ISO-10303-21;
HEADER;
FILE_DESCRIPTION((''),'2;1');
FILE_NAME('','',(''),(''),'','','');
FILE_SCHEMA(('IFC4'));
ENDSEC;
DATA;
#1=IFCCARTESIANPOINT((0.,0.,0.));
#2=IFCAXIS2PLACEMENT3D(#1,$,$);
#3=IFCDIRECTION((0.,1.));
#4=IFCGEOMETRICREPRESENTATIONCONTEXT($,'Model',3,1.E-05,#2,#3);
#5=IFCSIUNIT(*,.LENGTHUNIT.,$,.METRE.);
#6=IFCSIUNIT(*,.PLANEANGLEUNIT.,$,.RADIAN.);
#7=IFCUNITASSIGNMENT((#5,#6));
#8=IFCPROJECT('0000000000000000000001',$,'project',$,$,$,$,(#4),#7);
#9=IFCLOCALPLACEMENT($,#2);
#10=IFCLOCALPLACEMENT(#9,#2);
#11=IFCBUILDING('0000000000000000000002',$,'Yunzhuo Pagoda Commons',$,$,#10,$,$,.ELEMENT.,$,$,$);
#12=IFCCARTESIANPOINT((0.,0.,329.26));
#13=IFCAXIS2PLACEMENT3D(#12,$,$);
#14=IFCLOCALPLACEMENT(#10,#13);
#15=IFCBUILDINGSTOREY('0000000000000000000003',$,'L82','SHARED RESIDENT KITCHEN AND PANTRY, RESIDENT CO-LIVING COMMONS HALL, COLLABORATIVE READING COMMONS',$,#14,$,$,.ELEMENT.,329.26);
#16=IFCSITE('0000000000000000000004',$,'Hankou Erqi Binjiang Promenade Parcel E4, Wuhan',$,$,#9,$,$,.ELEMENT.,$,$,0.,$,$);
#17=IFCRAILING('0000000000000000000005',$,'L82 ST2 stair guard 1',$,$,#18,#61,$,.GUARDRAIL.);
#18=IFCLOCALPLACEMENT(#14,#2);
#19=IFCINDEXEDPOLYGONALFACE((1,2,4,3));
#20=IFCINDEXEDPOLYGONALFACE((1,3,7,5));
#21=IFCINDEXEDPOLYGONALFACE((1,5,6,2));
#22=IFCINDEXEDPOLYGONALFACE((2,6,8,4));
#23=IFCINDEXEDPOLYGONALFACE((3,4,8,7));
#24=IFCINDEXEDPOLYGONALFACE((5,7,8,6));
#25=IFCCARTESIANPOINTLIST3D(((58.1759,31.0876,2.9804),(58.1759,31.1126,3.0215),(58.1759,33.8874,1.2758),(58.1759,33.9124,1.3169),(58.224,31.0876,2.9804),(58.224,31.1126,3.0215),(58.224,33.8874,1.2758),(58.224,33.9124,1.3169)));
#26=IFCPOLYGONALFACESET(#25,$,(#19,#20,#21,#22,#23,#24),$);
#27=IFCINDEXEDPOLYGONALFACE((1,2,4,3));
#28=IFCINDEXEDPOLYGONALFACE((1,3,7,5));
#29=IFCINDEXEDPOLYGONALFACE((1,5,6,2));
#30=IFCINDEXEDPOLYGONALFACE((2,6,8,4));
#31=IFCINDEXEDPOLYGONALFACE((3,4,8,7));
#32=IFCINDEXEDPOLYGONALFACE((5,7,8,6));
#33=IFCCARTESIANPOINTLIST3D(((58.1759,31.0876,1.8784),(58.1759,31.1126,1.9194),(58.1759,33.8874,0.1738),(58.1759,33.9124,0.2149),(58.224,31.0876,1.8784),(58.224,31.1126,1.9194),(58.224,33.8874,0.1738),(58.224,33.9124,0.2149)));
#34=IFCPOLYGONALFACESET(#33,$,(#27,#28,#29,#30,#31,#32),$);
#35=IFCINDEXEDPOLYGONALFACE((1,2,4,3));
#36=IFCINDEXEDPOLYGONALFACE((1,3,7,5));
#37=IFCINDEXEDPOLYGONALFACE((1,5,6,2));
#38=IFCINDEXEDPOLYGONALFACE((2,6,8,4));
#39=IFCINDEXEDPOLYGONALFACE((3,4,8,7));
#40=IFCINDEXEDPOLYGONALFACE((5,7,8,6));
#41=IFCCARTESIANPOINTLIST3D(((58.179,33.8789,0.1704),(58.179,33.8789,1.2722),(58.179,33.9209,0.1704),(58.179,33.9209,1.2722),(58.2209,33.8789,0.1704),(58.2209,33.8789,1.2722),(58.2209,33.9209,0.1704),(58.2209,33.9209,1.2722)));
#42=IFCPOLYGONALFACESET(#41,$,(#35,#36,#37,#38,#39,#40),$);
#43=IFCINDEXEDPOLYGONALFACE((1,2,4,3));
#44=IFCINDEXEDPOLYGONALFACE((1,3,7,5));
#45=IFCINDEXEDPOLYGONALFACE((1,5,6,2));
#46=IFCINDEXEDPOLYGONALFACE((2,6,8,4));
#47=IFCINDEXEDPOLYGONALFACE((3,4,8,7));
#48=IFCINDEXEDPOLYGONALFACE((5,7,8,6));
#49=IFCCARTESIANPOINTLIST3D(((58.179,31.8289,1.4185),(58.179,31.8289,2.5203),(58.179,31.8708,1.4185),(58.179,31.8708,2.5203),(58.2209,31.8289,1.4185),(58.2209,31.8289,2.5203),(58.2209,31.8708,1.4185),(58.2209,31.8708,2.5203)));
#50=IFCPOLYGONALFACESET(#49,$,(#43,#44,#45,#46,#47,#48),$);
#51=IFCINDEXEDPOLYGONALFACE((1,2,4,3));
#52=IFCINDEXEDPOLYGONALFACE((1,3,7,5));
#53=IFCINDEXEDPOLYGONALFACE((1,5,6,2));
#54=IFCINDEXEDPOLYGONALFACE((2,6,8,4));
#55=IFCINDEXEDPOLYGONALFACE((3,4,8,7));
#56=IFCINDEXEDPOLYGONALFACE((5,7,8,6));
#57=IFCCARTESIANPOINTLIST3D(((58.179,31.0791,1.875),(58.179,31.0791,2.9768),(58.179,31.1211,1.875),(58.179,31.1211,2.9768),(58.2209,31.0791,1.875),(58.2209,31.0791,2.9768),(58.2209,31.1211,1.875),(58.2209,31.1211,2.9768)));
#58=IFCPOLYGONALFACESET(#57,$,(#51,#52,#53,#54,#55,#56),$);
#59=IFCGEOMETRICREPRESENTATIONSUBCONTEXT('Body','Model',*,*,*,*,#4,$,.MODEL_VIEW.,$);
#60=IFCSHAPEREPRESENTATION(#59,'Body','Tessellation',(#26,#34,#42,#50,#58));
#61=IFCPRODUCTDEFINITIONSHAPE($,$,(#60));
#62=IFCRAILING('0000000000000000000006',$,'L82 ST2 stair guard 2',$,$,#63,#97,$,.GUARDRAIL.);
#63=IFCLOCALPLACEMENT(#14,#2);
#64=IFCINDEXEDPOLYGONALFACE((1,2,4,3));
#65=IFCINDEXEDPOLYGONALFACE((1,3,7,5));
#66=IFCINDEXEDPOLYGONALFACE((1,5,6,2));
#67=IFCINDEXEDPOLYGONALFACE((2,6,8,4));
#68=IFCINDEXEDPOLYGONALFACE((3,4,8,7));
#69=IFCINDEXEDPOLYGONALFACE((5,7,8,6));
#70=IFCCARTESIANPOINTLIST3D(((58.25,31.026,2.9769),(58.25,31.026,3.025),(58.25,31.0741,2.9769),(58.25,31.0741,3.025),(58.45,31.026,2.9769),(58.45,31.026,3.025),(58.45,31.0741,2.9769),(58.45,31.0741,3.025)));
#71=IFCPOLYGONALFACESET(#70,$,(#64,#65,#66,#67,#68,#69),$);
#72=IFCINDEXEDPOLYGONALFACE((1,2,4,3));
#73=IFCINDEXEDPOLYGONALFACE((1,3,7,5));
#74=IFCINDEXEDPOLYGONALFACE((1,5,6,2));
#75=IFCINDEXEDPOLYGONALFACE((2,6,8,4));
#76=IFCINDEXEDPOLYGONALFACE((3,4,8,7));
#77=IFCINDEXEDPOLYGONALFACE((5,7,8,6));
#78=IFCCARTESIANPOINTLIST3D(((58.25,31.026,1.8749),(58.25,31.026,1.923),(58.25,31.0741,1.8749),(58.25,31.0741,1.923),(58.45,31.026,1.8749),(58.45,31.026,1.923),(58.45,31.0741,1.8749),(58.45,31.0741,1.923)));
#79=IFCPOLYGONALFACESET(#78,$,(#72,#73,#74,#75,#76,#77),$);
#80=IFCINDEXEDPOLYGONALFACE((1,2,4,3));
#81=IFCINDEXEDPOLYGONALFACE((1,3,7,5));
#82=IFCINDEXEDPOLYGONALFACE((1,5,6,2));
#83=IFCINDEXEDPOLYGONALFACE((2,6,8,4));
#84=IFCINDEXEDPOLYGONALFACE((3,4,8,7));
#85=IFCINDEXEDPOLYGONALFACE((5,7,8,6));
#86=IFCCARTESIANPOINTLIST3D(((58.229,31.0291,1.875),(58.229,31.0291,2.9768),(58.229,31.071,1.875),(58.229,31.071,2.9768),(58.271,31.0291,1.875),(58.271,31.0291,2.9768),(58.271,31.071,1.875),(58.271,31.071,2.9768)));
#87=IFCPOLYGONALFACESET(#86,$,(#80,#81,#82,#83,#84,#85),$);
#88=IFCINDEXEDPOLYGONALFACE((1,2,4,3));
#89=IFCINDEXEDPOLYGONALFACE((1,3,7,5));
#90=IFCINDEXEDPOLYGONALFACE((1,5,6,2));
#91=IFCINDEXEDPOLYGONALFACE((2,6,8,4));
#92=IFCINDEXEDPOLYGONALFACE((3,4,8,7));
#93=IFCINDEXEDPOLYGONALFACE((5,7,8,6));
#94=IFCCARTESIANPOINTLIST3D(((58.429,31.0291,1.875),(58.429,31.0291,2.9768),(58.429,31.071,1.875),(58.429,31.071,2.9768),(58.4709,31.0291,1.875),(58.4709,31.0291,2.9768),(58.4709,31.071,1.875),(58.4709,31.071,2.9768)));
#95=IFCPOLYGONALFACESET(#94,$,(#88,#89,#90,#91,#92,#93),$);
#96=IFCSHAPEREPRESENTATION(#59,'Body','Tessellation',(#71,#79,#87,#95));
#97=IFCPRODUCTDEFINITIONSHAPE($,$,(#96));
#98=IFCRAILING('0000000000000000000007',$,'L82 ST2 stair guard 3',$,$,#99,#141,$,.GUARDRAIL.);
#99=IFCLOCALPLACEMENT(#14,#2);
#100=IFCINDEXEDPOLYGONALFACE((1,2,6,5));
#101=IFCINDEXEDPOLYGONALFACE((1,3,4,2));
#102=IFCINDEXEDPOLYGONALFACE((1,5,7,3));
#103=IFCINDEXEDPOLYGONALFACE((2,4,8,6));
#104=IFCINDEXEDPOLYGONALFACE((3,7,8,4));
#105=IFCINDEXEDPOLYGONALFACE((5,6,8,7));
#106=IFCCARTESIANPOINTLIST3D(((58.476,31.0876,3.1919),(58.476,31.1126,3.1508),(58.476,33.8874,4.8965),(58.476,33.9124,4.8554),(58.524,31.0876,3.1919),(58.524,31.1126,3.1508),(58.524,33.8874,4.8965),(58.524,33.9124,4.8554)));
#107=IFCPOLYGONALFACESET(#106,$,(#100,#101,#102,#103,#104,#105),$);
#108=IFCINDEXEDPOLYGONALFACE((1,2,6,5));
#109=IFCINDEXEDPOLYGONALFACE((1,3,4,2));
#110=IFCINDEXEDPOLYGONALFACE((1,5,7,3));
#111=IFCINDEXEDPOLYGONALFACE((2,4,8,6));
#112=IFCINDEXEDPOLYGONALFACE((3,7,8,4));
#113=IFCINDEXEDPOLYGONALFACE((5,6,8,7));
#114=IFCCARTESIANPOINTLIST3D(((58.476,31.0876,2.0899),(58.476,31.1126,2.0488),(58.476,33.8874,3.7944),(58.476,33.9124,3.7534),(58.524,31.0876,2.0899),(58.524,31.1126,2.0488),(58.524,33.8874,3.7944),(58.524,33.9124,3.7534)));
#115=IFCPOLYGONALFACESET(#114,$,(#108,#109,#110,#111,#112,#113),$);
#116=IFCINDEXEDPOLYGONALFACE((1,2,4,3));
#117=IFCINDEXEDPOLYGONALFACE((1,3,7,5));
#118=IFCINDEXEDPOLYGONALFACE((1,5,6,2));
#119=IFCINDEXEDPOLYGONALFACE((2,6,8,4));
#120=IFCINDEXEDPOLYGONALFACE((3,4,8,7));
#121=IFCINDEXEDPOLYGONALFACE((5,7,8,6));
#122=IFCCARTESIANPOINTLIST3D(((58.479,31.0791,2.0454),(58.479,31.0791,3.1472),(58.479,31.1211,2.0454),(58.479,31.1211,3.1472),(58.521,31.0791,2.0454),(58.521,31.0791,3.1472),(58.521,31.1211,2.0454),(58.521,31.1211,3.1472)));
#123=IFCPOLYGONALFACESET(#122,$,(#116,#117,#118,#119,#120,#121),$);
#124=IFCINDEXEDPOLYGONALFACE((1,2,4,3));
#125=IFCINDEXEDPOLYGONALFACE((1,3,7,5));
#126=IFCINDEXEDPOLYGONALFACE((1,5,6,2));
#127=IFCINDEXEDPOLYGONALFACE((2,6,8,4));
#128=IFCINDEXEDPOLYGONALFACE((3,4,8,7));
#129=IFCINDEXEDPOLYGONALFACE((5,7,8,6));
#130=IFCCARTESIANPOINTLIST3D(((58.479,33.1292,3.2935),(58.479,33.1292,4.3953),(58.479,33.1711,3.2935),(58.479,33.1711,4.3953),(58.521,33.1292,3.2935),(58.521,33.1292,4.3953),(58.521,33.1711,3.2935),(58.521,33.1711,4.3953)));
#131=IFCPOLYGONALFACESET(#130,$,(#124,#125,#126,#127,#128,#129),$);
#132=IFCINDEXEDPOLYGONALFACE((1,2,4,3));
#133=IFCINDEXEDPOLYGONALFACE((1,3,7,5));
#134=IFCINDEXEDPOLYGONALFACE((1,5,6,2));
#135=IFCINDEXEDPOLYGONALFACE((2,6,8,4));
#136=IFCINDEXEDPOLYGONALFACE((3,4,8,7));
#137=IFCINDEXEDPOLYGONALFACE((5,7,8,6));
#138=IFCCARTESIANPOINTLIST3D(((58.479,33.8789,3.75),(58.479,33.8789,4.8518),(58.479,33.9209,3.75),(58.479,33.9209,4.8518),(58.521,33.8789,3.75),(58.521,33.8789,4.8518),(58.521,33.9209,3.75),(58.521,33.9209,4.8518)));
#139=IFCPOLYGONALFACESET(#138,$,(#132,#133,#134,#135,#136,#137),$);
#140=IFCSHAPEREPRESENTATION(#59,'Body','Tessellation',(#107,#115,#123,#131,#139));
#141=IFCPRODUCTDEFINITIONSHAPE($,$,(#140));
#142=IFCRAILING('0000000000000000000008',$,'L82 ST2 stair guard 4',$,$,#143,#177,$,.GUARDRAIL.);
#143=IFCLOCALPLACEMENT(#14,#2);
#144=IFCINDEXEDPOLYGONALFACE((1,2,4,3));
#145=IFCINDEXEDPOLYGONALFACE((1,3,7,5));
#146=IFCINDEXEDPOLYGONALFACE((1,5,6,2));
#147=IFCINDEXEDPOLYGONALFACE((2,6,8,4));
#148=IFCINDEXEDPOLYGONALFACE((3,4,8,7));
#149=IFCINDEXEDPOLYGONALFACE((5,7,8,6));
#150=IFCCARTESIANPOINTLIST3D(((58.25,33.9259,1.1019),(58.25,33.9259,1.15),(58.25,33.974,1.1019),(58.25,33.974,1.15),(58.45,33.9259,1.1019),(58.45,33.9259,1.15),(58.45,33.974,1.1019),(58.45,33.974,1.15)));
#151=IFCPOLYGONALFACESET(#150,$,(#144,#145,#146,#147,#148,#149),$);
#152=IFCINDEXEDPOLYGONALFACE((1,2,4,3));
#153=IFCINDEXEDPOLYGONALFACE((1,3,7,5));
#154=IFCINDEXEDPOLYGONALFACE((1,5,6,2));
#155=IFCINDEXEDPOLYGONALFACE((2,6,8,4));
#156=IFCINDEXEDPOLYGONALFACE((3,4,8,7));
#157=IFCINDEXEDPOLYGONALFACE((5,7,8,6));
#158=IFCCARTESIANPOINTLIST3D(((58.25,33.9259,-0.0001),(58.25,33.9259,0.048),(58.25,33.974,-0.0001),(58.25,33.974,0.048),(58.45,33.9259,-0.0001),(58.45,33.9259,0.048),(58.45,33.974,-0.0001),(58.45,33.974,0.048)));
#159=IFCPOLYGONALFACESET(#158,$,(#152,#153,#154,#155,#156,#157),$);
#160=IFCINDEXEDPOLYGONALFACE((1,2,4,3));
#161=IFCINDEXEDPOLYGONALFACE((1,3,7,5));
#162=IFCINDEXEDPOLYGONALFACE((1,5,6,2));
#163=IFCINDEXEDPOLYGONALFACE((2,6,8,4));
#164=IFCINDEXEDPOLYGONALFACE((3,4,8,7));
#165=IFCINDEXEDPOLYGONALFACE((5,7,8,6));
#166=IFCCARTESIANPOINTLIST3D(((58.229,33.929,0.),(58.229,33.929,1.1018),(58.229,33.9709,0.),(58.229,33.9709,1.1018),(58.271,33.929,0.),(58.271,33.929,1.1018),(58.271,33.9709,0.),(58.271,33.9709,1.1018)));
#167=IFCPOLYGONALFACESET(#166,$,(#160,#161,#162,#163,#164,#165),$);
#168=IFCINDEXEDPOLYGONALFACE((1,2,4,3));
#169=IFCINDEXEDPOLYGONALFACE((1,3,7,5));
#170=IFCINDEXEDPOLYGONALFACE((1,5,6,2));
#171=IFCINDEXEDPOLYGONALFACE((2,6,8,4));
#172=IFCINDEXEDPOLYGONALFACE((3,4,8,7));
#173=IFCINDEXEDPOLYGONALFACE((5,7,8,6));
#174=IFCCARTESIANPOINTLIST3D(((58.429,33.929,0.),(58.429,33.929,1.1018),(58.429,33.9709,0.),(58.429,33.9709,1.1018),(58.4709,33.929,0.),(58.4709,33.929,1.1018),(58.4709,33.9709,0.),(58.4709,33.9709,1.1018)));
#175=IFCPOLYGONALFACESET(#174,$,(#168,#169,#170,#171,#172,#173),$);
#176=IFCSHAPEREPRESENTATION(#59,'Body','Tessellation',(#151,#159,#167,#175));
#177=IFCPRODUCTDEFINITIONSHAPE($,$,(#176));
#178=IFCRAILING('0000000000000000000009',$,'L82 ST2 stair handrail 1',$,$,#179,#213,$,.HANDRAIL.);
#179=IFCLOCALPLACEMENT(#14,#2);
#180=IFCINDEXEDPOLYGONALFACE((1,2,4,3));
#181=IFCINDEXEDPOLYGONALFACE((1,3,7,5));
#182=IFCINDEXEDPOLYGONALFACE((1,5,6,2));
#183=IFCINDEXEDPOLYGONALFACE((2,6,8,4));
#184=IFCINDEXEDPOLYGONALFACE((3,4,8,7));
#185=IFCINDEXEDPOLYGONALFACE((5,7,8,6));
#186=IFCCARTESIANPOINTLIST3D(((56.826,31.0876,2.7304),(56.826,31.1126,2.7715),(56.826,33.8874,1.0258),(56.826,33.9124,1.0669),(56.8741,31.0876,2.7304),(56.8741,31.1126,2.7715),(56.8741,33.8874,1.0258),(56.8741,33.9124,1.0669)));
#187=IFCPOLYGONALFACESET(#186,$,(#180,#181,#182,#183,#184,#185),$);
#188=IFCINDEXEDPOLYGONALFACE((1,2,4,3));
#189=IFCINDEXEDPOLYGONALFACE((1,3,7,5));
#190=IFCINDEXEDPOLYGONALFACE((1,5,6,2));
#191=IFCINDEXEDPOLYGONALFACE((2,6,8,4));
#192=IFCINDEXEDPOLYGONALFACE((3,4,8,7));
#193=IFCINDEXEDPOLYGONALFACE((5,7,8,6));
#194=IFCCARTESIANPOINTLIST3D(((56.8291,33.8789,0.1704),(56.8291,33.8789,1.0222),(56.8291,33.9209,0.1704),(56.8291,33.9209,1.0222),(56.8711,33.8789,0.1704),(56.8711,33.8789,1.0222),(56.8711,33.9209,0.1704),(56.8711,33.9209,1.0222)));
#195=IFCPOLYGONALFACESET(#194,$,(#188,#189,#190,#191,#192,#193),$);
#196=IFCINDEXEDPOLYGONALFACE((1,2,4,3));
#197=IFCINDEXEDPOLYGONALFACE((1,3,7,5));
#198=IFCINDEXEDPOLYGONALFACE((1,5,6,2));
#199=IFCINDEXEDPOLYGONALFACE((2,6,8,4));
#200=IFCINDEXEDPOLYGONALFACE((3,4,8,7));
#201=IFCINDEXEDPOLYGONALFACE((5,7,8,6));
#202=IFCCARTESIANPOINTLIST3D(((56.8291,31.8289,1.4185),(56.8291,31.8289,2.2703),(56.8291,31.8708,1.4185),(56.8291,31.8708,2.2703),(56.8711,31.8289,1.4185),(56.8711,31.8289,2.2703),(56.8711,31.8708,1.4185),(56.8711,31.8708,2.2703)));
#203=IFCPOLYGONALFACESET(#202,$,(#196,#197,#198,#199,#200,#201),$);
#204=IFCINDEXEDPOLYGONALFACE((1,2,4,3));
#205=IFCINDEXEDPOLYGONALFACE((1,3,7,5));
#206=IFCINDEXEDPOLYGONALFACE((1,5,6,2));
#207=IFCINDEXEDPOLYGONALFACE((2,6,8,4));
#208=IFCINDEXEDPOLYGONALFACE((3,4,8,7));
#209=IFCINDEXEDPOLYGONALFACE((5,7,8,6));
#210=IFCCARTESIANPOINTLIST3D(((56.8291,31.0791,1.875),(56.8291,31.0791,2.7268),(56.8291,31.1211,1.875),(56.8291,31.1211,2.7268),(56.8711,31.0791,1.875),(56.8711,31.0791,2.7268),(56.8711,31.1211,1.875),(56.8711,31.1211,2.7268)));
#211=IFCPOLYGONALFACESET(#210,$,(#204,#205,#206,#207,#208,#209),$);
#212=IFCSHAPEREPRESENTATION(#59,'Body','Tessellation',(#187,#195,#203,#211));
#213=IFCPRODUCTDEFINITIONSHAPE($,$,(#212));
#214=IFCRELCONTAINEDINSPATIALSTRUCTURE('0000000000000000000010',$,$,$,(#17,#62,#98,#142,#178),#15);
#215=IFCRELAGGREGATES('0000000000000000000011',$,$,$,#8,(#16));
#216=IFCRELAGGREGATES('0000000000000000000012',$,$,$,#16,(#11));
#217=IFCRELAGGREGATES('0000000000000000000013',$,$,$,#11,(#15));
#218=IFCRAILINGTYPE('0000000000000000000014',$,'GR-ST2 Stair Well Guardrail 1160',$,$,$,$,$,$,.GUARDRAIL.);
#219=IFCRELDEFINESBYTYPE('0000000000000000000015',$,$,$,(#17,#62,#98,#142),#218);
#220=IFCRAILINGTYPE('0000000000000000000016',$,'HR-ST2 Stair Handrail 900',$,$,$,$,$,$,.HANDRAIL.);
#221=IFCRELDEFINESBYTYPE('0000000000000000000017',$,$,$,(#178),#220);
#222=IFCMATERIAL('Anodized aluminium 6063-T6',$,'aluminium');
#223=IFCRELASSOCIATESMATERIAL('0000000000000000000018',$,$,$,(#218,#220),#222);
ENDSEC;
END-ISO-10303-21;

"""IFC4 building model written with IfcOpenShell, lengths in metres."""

from ifc_helpers import new_model, si_unit, direction, frame, origin, origin_2d, place, context, subcontext, project, spatial, rectangle, extrude, material, type_object, element, save


model = new_model("IFC4")

# Units and contexts
model_context = context("Model", 3, precision=1e-05, world=origin(), true_north=direction((0.0, 1.0)))
body_context = subcontext(model_context, "Body", "Model", "MODEL_VIEW")
ifc_project = project(units=[si_unit("LENGTHUNIT", "METRE"), si_unit("PLANEANGLEUNIT", "RADIAN")], contexts=[model_context])

# Site, building, storey
site_placement = place(None, origin())
site = spatial("IfcSite", under=ifc_project, at=site_placement, Name="Hankou Erqi Binjiang Promenade Parcel E4, Wuhan", CompositionType="ELEMENT", RefElevation=0.0)
building_placement = place(site_placement, origin())
building = spatial("IfcBuilding", under=site, at=building_placement, Name="Yunzhuo Pagoda Commons", CompositionType="ELEMENT")
storey_placement = place(building_placement, frame((0.0, 0.0, 329.26)))
storey = spatial("IfcBuildingStorey", under=building, at=storey_placement, Name="L82", Description="SHARED RESIDENT KITCHEN AND PANTRY, RESIDENT CO-LIVING COMMONS HALL, COLLABORATIVE READING COMMONS", CompositionType="ELEMENT", Elevation=329.26)

# Shared definitions
ifc_material_1 = material(Name="Anodized aluminium 6063-T6", Category="aluminium")

# Railings
railing_type_1 = type_object("IfcRailingType", Name="GR-ST2 Stair Well Guardrail 1160", PredefinedType="GUARDRAIL", material=ifc_material_1)
railing_1_placement = place(storey_placement, frame((58.2, 33.8999, 0.1704)))
element("IfcRailing", 1, at=railing_1_placement, inside=storey, type_object=railing_type_1, Name="L82 ST2 stair guard 1", PredefinedType="GUARDRAIL", context=body_context, shape_type="SweptSolid", body=[
    extrude(rectangle(XDim=0.0481, YDim=0.0481, at=origin_2d()), frame((0.0, 0.0, 1.126), z_axis=(0.0, -0.85415, 0.520027), x_axis=(1.0, 0.0, 0.0)), (0.0, 0.0, 1.0), 3.2778),
    extrude(rectangle(XDim=0.0481, YDim=0.0481, at=origin_2d()), frame((0.0, 0.0, 0.0239), z_axis=(0.0, -0.85415, 0.520027), x_axis=(1.0, 0.0, 0.0)), (0.0, 0.0, 1.0), 3.2778),
    extrude(rectangle(XDim=0.042, YDim=0.042, at=origin_2d()), origin(), (0.0, 0.0, 1.0), 1.1018),
    extrude(rectangle(XDim=0.042, YDim=0.042, at=origin_2d()), frame((0.0, -2.05, 1.248)), (0.0, 0.0, 1.0), 1.1018),
    extrude(rectangle(XDim=0.042, YDim=0.042, at=origin_2d()), frame((0.0, -2.7998, 1.7046)), (0.0, 0.0, 1.0), 1.1018),
])
railing_2_placement = place(storey_placement, frame((58.25, 31.05, 1.875)))
element("IfcRailing", 2, at=railing_2_placement, inside=storey, type_object=railing_type_1, Name="L82 ST2 stair guard 2", PredefinedType="GUARDRAIL", context=body_context, shape_type="SweptSolid", body=[
    extrude(rectangle(XDim=0.0481, YDim=0.0481, at=origin_2d()), frame((0.0, 0.0, 1.126), z_axis=(1.0, 0.0, 0.0), x_axis=(0.0, 1.0, 0.0)), (0.0, 0.0, 1.0), 0.2),
    extrude(rectangle(XDim=0.0481, YDim=0.0481, at=origin_2d()), frame((0.0, 0.0, 0.0239), z_axis=(1.0, 0.0, 0.0), x_axis=(0.0, 1.0, 0.0)), (0.0, 0.0, 1.0), 0.2),
    extrude(rectangle(XDim=0.042, YDim=0.042, at=origin_2d()), origin(), (0.0, 0.0, 1.0), 1.1018),
    extrude(rectangle(XDim=0.042, YDim=0.042, at=origin_2d()), frame((0.2, 0.0, 0.0)), (0.0, 0.0, 1.0), 1.1018),
])
railing_3_placement = place(storey_placement, frame((58.5, 31.1001, 2.0454)))
element("IfcRailing", 3, at=railing_3_placement, inside=storey, type_object=railing_type_1, Name="L82 ST2 stair guard 3", PredefinedType="GUARDRAIL", context=body_context, shape_type="SweptSolid", body=[
    extrude(rectangle(XDim=0.0481, YDim=0.0481, at=origin_2d()), frame((0.0, 0.0, 1.126), z_axis=(0.0, 0.85415, 0.520027), x_axis=(-1.0, 0.0, 0.0)), (0.0, 0.0, 1.0), 3.2778),
    extrude(rectangle(XDim=0.0481, YDim=0.0481, at=origin_2d()), frame((0.0, 0.0, 0.0239), z_axis=(0.0, 0.85415, 0.520027), x_axis=(-1.0, 0.0, 0.0)), (0.0, 0.0, 1.0), 3.2778),
    extrude(rectangle(XDim=0.042, YDim=0.042, at=origin_2d()), origin(), (0.0, 0.0, 1.0), 1.1018),
    extrude(rectangle(XDim=0.042, YDim=0.042, at=origin_2d()), frame((0.0, 2.05, 1.248)), (0.0, 0.0, 1.0), 1.1018),
    extrude(rectangle(XDim=0.042, YDim=0.042, at=origin_2d()), frame((0.0, 2.7998, 1.7046)), (0.0, 0.0, 1.0), 1.1018),
])
railing_4_placement = place(storey_placement, frame((58.25, 33.95, 0.0)))
element("IfcRailing", 4, at=railing_4_placement, inside=storey, type_object=railing_type_1, Name="L82 ST2 stair guard 4", PredefinedType="GUARDRAIL", context=body_context, shape_type="SweptSolid", body=[
    extrude(rectangle(XDim=0.0481, YDim=0.0481, at=origin_2d()), frame((0.0, 0.0, 1.126), z_axis=(1.0, 0.0, 0.0), x_axis=(0.0, 1.0, 0.0)), (0.0, 0.0, 1.0), 0.2),
    extrude(rectangle(XDim=0.0481, YDim=0.0481, at=origin_2d()), frame((0.0, 0.0, 0.0239), z_axis=(1.0, 0.0, 0.0), x_axis=(0.0, 1.0, 0.0)), (0.0, 0.0, 1.0), 0.2),
    extrude(rectangle(XDim=0.042, YDim=0.042, at=origin_2d()), origin(), (0.0, 0.0, 1.0), 1.1018),
    extrude(rectangle(XDim=0.042, YDim=0.042, at=origin_2d()), frame((0.2, 0.0, 0.0)), (0.0, 0.0, 1.0), 1.1018),
])
railing_type_2 = type_object("IfcRailingType", Name="HR-ST2 Stair Handrail 900", PredefinedType="HANDRAIL", material=ifc_material_1)
railing_5_placement = place(storey_placement, frame((56.8501, 33.8999, 0.1704)))
element("IfcRailing", 5, at=railing_5_placement, inside=storey, type_object=railing_type_2, Name="L82 ST2 stair handrail 1", PredefinedType="HANDRAIL", context=body_context, shape_type="SweptSolid", body=[
    extrude(rectangle(XDim=0.0481, YDim=0.0481, at=origin_2d()), frame((0.0, 0.0, 0.876), z_axis=(0.0, -0.85415, 0.520027), x_axis=(1.0, 0.0, 0.0)), (0.0, 0.0, 1.0), 3.2778),
    extrude(rectangle(XDim=0.042, YDim=0.042, at=origin_2d()), origin(), (0.0, 0.0, 1.0), 0.8518),
    extrude(rectangle(XDim=0.042, YDim=0.042, at=origin_2d()), frame((0.0, -2.05, 1.248)), (0.0, 0.0, 1.0), 0.8518),
    extrude(rectangle(XDim=0.042, YDim=0.042, at=origin_2d()), frame((0.0, -2.7998, 1.7046)), (0.0, 0.0, 1.0), 0.8518),
])

save(model, "model.ifc")
